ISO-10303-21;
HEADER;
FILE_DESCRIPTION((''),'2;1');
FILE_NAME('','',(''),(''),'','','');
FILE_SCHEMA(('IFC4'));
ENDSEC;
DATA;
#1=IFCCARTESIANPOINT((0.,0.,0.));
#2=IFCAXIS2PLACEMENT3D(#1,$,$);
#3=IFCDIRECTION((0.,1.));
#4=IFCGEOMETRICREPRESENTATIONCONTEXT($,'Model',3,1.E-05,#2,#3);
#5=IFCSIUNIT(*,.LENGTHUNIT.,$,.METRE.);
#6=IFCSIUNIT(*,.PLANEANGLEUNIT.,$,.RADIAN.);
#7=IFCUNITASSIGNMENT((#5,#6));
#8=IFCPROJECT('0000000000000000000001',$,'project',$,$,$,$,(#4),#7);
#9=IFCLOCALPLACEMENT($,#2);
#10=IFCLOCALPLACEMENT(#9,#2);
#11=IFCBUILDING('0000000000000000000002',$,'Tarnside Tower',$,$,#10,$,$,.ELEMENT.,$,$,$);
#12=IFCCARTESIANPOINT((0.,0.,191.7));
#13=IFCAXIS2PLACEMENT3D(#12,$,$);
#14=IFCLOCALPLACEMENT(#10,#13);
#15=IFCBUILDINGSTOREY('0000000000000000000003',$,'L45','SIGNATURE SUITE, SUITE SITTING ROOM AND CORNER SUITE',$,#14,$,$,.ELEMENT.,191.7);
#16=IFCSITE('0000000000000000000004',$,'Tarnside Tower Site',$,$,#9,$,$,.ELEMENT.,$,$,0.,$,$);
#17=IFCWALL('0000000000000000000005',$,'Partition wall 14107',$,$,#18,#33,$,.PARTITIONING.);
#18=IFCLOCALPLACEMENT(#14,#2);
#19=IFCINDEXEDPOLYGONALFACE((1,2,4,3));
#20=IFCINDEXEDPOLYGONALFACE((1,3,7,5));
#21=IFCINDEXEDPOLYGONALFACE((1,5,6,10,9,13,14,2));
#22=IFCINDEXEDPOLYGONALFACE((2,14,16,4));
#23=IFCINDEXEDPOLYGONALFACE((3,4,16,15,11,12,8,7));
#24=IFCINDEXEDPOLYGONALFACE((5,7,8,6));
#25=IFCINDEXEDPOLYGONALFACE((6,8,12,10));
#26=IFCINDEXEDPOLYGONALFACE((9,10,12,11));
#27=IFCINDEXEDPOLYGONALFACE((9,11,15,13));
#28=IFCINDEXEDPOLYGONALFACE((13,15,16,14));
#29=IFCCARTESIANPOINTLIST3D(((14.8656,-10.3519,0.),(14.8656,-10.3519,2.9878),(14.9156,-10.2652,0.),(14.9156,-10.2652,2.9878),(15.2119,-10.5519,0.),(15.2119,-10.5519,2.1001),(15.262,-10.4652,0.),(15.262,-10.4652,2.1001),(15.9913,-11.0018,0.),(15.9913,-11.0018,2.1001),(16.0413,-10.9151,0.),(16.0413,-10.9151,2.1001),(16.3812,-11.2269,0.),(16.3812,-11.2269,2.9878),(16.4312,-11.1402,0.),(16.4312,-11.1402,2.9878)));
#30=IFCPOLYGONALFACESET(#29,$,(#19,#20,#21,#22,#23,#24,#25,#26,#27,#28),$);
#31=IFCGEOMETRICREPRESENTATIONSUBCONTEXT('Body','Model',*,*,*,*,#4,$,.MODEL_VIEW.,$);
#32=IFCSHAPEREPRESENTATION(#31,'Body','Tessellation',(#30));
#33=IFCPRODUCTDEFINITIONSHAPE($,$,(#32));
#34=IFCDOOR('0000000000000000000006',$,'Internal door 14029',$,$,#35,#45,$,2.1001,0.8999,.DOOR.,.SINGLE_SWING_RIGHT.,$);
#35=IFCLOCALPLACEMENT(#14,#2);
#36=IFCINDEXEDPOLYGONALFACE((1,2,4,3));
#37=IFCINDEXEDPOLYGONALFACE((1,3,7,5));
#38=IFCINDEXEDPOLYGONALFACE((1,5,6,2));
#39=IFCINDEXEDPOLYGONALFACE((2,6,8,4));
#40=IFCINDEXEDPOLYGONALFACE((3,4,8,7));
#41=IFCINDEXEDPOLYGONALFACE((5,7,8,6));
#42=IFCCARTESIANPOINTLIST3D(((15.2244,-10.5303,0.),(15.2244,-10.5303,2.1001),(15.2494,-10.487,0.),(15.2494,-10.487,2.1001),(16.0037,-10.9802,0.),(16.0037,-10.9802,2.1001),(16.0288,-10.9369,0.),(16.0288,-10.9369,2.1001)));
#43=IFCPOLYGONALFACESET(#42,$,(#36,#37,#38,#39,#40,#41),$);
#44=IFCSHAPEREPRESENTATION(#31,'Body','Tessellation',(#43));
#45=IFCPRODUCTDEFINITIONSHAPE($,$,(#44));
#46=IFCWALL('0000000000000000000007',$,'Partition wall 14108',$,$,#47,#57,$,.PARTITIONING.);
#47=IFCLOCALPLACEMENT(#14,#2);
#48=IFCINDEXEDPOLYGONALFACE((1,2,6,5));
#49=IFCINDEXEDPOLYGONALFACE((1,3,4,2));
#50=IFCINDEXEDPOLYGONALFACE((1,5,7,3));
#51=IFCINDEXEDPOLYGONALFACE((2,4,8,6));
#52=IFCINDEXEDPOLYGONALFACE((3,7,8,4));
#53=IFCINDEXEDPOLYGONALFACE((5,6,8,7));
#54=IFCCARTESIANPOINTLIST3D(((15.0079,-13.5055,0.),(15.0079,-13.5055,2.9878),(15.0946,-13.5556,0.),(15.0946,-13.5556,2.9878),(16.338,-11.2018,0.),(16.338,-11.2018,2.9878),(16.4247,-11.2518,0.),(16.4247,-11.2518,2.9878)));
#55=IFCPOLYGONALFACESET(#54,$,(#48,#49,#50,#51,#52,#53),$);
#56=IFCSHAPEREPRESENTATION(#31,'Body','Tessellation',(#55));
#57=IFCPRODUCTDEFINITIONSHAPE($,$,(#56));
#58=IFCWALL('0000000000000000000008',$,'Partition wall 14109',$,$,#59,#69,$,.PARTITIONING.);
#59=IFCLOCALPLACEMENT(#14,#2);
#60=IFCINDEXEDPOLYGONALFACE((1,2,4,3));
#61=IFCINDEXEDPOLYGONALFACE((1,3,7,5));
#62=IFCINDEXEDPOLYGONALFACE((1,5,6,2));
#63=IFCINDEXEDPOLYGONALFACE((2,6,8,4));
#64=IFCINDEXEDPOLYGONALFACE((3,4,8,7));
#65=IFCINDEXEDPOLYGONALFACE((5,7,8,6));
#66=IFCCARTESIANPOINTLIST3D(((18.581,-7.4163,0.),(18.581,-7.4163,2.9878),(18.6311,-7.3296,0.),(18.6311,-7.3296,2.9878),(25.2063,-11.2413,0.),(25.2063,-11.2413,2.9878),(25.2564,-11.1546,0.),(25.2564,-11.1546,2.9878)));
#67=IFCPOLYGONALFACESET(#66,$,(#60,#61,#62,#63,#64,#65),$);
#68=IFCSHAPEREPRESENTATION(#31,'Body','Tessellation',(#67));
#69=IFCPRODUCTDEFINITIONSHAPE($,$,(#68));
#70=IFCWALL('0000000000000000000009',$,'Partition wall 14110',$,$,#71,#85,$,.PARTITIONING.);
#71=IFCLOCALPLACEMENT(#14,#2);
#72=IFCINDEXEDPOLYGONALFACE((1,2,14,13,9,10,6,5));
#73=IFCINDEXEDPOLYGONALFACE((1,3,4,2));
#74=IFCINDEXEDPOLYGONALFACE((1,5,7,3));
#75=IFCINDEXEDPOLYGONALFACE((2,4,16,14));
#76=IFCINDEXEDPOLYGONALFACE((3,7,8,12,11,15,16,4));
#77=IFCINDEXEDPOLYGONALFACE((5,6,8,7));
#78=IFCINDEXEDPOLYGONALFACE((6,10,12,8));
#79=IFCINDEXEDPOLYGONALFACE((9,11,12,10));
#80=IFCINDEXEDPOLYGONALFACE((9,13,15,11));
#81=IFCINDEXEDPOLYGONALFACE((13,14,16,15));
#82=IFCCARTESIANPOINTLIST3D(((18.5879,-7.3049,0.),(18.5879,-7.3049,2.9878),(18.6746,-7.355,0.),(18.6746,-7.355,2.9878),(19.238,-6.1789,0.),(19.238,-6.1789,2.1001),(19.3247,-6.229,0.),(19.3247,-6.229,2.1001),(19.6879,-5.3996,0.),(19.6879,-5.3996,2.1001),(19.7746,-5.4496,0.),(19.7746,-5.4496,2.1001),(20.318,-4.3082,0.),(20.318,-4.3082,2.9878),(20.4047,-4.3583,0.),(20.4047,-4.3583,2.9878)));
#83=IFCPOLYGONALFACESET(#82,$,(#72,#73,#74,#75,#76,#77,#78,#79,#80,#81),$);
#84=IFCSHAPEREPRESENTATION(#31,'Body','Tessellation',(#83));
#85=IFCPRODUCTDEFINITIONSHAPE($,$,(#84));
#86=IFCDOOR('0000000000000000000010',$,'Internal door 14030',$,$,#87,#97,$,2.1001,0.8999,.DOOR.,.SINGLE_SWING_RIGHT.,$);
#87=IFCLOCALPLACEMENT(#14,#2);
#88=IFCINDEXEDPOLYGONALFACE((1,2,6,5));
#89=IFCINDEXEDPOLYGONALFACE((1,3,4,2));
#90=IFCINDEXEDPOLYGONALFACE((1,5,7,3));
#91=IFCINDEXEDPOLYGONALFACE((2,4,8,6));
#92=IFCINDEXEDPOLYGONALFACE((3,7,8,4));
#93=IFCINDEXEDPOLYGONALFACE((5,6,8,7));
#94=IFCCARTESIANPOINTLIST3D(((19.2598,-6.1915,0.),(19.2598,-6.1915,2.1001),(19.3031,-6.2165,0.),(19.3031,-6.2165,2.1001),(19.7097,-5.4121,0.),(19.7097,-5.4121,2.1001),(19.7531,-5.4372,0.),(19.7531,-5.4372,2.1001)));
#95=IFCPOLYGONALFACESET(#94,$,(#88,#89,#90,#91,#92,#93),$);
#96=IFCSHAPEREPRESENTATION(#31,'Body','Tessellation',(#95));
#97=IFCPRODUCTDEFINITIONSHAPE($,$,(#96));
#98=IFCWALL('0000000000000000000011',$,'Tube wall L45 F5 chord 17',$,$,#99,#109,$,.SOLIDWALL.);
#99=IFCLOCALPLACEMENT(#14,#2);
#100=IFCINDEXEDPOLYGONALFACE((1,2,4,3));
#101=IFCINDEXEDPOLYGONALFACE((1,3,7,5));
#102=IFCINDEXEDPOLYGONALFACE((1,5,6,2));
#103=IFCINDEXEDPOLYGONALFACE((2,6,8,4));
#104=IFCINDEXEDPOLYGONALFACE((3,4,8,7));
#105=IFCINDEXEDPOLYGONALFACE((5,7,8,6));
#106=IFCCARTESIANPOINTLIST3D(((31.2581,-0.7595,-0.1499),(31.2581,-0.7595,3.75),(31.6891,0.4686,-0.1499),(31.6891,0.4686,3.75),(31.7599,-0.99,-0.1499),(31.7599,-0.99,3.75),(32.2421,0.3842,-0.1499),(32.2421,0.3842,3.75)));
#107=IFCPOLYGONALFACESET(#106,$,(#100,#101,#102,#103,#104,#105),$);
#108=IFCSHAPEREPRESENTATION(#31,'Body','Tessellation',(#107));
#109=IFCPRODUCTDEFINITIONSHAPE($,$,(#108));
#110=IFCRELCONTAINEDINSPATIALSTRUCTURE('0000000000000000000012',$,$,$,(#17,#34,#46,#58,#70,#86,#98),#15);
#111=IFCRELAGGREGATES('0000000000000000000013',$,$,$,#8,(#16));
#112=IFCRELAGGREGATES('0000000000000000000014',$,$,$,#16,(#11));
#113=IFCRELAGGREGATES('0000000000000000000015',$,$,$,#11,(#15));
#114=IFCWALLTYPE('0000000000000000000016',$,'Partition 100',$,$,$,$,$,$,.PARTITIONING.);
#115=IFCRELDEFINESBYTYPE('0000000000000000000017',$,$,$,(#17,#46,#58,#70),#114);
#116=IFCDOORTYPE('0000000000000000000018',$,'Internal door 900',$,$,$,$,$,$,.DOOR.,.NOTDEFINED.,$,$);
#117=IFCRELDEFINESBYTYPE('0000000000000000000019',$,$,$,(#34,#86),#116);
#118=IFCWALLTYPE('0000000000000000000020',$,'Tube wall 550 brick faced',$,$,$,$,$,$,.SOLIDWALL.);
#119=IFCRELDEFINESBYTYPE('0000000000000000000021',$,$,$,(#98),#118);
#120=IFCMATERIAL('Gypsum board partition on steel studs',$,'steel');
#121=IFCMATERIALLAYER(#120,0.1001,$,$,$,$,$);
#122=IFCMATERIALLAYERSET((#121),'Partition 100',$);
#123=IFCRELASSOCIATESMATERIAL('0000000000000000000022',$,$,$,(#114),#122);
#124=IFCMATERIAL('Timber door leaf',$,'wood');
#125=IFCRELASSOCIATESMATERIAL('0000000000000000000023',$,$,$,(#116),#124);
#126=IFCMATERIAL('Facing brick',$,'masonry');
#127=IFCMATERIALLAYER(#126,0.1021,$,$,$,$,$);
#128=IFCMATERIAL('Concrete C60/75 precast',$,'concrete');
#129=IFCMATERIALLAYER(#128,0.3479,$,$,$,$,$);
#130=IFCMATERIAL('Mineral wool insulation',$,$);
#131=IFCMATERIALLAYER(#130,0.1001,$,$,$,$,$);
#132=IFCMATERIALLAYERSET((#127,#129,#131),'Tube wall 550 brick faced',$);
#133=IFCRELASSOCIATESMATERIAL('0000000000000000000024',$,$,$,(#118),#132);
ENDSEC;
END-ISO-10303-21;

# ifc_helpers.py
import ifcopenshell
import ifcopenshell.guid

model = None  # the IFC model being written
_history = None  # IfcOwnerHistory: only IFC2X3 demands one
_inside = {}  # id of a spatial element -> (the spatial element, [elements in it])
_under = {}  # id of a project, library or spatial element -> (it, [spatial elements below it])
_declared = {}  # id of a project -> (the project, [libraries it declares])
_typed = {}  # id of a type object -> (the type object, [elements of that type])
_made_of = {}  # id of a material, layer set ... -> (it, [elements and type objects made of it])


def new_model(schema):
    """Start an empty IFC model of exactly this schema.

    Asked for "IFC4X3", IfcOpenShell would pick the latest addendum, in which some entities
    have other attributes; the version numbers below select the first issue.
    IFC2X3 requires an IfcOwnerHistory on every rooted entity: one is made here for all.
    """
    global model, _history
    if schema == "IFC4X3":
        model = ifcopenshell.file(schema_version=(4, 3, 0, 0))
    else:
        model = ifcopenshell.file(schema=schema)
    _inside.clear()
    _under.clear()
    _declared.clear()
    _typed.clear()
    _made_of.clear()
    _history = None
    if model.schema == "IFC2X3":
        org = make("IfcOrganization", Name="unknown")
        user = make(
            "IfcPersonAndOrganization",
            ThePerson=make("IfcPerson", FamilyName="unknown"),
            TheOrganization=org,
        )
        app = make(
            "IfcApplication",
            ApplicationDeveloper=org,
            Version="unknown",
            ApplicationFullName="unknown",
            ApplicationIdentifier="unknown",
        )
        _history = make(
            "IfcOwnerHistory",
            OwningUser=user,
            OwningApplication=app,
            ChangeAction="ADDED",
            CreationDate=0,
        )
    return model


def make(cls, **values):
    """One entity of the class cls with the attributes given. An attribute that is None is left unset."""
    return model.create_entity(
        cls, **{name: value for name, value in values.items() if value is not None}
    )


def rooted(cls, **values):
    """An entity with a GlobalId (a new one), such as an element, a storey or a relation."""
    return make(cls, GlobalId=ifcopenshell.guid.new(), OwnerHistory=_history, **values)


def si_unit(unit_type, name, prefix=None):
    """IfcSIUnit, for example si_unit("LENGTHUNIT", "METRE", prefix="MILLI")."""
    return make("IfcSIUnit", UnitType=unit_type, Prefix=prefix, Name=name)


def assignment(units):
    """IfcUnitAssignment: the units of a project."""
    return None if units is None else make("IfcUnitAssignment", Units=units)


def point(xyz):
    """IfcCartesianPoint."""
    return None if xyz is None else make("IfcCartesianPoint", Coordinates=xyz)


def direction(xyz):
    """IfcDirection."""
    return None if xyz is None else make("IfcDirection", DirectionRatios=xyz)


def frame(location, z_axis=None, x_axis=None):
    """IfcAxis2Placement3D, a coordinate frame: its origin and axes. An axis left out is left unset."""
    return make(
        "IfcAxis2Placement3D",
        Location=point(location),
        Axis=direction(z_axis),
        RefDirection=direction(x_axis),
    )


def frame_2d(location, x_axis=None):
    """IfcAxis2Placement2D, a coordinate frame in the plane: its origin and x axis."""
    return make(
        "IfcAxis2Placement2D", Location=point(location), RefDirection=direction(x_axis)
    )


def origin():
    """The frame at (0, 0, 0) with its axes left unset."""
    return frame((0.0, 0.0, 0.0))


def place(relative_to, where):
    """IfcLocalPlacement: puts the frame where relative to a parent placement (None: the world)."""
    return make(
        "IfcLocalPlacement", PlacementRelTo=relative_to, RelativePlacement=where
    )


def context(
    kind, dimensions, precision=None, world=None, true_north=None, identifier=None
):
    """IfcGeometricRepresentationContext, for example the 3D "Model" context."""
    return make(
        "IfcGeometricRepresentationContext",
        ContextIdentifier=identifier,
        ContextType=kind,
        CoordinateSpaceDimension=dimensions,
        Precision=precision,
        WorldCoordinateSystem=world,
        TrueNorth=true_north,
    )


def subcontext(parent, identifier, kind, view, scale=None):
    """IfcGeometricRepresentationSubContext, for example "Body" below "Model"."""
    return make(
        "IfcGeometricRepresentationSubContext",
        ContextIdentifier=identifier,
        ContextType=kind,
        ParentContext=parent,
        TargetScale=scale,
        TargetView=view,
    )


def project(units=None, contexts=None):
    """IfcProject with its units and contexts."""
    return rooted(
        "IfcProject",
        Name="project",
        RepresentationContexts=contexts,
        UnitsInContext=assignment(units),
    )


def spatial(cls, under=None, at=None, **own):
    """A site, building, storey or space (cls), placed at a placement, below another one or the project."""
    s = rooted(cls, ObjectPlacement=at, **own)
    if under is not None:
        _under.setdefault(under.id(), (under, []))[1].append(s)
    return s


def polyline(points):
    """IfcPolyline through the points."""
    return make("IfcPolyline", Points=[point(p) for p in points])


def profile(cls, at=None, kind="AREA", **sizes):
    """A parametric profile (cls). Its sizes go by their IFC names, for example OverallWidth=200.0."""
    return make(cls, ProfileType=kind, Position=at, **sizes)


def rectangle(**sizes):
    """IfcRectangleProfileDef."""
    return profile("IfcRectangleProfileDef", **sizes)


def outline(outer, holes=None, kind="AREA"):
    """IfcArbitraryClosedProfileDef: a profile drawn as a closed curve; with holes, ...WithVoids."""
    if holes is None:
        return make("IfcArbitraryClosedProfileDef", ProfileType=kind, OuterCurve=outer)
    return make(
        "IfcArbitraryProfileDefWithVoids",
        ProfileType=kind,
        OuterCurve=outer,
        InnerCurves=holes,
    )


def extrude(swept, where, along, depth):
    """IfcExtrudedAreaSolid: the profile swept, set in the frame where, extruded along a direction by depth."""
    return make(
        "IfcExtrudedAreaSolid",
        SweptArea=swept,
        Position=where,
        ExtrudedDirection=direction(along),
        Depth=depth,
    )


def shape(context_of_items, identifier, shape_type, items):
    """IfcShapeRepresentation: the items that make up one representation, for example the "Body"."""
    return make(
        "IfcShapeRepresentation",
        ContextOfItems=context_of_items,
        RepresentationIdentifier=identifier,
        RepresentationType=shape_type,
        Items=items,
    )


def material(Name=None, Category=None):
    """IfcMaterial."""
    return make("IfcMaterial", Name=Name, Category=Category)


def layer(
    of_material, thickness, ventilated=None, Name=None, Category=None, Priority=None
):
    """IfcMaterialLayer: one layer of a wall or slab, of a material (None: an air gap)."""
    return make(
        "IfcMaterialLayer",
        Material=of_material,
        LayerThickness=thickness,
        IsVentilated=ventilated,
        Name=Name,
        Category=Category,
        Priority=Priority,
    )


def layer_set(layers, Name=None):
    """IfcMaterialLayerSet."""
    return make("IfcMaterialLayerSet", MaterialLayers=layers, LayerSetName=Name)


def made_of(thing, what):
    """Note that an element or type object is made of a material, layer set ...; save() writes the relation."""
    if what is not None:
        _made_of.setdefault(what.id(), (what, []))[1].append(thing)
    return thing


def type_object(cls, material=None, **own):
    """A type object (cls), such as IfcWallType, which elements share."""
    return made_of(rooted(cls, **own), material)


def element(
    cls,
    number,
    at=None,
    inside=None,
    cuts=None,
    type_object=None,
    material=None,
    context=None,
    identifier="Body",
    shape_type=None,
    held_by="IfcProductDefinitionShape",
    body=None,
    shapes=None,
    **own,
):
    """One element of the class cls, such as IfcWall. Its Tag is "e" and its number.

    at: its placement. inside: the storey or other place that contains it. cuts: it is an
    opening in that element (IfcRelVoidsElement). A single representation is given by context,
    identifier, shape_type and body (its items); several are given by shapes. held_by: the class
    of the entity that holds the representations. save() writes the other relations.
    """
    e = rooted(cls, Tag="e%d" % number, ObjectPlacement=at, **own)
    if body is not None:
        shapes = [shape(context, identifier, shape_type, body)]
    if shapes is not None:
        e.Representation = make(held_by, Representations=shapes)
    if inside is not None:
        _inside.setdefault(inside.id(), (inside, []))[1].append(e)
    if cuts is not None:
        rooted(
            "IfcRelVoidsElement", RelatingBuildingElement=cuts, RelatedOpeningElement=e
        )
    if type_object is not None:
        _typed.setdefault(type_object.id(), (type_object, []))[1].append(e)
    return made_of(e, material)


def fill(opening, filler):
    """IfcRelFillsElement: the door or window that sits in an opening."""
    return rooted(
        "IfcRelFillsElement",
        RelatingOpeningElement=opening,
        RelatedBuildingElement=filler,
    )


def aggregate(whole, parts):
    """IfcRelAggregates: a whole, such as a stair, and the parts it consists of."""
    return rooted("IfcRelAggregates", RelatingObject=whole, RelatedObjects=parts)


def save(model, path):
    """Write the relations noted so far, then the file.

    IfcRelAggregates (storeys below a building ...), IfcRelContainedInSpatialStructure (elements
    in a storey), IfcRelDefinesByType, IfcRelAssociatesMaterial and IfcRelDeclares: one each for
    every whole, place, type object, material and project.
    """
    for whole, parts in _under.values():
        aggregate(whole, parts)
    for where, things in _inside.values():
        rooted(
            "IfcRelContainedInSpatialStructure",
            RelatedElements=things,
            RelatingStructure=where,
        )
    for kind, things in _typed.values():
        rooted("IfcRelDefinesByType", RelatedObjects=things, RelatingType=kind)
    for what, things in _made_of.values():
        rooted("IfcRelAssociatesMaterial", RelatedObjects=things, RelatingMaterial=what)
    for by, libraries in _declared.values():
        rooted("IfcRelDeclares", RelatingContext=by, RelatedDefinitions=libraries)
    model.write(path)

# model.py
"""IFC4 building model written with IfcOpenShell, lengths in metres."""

from ifc_helpers import new_model, si_unit, direction, frame, frame_2d, origin, place, context, subcontext, project, spatial, polyline, rectangle, outline, extrude, material, layer, layer_set, type_object, element, fill, save


model = new_model("IFC4")

# Units and contexts
model_context = context("Model", 3, precision=1e-05, world=origin(), true_north=direction((0.0, 1.0)))
body_context = subcontext(model_context, "Body", "Model", "MODEL_VIEW")
ifc_project = project(units=[si_unit("LENGTHUNIT", "METRE"), si_unit("PLANEANGLEUNIT", "RADIAN")], contexts=[model_context])

# Site, building, storey
site_placement = place(None, origin())
site = spatial("IfcSite", under=ifc_project, at=site_placement, Name="Tarnside Tower Site", CompositionType="ELEMENT", RefElevation=0.0)
building_placement = place(site_placement, origin())
building = spatial("IfcBuilding", under=site, at=building_placement, Name="Tarnside Tower", CompositionType="ELEMENT")
storey_placement = place(building_placement, frame((0.0, 0.0, 191.7)))
storey = spatial("IfcBuildingStorey", under=building, at=storey_placement, Name="L45", Description="SIGNATURE SUITE, SUITE SITTING ROOM AND CORNER SUITE", CompositionType="ELEMENT", Elevation=191.7)

# Shared definitions
ifc_material_1 = material(Name="Gypsum board partition on steel studs", Category="steel")
ifc_material_2 = material(Name="Timber door leaf", Category="wood")

# Wall, opening, door
ifc_layer_1 = layer(ifc_material_1, 0.1001)
ifc_layer_set_1 = layer_set([ifc_layer_1], Name="Partition 100")
wall_type_1 = type_object("IfcWallType", Name="Partition 100", PredefinedType="PARTITIONING", material=ifc_layer_set_1)
wall_1_placement = place(storey_placement, frame((14.8906, -10.3086, 0.0), z_axis=(0.0, 0.0, 1.0), x_axis=(0.866037, -0.49998, 0.0)))
wall_1 = element("IfcWall", 1, at=wall_1_placement, inside=storey, type_object=wall_type_1, Name="Partition wall 14107", PredefinedType="PARTITIONING", context=body_context, shape_type="SweptSolid", body=[
    extrude(rectangle(XDim=1.75, YDim=0.1001, at=frame_2d((0.875, 0.0))), origin(), (0.0, 0.0, 1.0), 2.9878),
])
opening_1_placement = place(wall_1_placement, frame((0.3999, 0.0, 0.0)))
opening_1 = element("IfcOpeningElement", 2, at=opening_1_placement, cuts=wall_1, PredefinedType="OPENING", context=body_context, shape_type="SweptSolid", body=[
    extrude(rectangle(XDim=0.8999, YDim=2.1001, at=frame_2d((0.45, 1.05))), frame((0.0, 0.0601, 0.0), z_axis=(0.0, -1.0, 0.0), x_axis=(1.0, 0.0, 0.0)), (0.0, 0.0, 1.0), 0.1201),
])
door_type_1 = type_object("IfcDoorType", Name="Internal door 900", OperationType="NOTDEFINED", PredefinedType="DOOR", material=ifc_material_2)
door_1_placement = place(opening_1_placement, origin())
door_1 = element("IfcDoor", 3, at=door_1_placement, inside=storey, type_object=door_type_1, Name="Internal door 14029", OperationType="SINGLE_SWING_RIGHT", OverallHeight=2.1001, OverallWidth=0.8999, PredefinedType="DOOR", context=body_context, shape_type="SweptSolid", body=[
    extrude(rectangle(XDim=0.8999, YDim=2.1001, at=frame_2d((0.45, 1.05))), frame((0.0, 0.0249, 0.0), z_axis=(0.0, -1.0, 0.0), x_axis=(1.0, 0.0, 0.0)), (0.0, 0.0, 1.0), 0.05),
])
fill(opening_1, door_1)

# Walls
wall_2_placement = place(storey_placement, frame((16.3813, -11.2268, 0.0), z_axis=(0.0, 0.0, 1.0), x_axis=(-0.500008, -0.866021, 0.0)))
element("IfcWall", 4, at=wall_2_placement, inside=storey, type_object=wall_type_1, Name="Partition wall 14108", PredefinedType="PARTITIONING", context=body_context, shape_type="SweptSolid", body=[
    extrude(rectangle(XDim=2.6602, YDim=0.1001, at=frame_2d((1.3301, 0.0))), origin(), (0.0, 0.0, 1.0), 2.9878),
])
wall_3_placement = place(storey_placement, frame((25.2314, -11.198, 0.0), z_axis=(0.0, 0.0, 1.0), x_axis=(-0.866033, 0.499987, 0.0)))
element("IfcWall", 5, at=wall_3_placement, inside=storey, type_object=wall_type_1, Name="Partition wall 14109", PredefinedType="PARTITIONING", context=body_context, shape_type="SweptSolid", body=[
    extrude(rectangle(XDim=7.6501, YDim=0.1001, at=frame_2d((3.8252, 0.0))), origin(), (0.0, 0.0, 1.0), 2.9878),
])

# Wall, opening, door
wall_4_placement = place(storey_placement, frame((18.6313, -7.3298, 0.0), z_axis=(0.0, 0.0, 1.0), x_axis=(0.499979, 0.866038, 0.0)))
wall_4 = element("IfcWall", 6, at=wall_4_placement, inside=storey, type_object=wall_type_1, Name="Partition wall 14110", PredefinedType="PARTITIONING", context=body_context, shape_type="SweptSolid", body=[
    extrude(rectangle(XDim=3.4602, YDim=0.1001, at=frame_2d((1.73, 0.0))), origin(), (0.0, 0.0, 1.0), 2.9878),
])
opening_2_placement = place(wall_4_placement, frame((1.3, 0.0, 0.0)))
opening_2 = element("IfcOpeningElement", 7, at=opening_2_placement, cuts=wall_4, PredefinedType="OPENING", context=body_context, shape_type="SweptSolid", body=[
    extrude(rectangle(XDim=0.8999, YDim=2.1001, at=frame_2d((0.45, 1.05))), frame((0.0, 0.0601, 0.0), z_axis=(0.0, -1.0, 0.0), x_axis=(1.0, 0.0, 0.0)), (0.0, 0.0, 1.0), 0.1201),
])
door_2_placement = place(opening_2_placement, origin())
door_2 = element("IfcDoor", 8, at=door_2_placement, inside=storey, type_object=door_type_1, Name="Internal door 14030", OperationType="SINGLE_SWING_RIGHT", OverallHeight=2.1001, OverallWidth=0.8999, PredefinedType="DOOR", context=body_context, shape_type="SweptSolid", body=[
    extrude(rectangle(XDim=0.8999, YDim=2.1001, at=frame_2d((0.45, 1.05))), frame((0.0, 0.0249, 0.0), z_axis=(0.0, -1.0, 0.0), x_axis=(1.0, 0.0, 0.0)), (0.0, 0.0, 1.0), 0.05),
])
fill(opening_2, door_2)

# Wall
ifc_material_3 = material(Name="Facing brick", Category="masonry")
ifc_layer_2 = layer(ifc_material_3, 0.1021)
ifc_material_4 = material(Name="Concrete C60/75 precast", Category="concrete")
ifc_layer_3 = layer(ifc_material_4, 0.3479)
ifc_material_5 = material(Name="Mineral wool insulation")
ifc_layer_4 = layer(ifc_material_5, 0.1001)
ifc_layer_set_2 = layer_set([ifc_layer_2, ifc_layer_3, ifc_layer_4], Name="Tube wall 550 brick faced")
wall_type_2 = type_object("IfcWallType", Name="Tube wall 550 brick faced", PredefinedType="SOLIDWALL", material=ifc_layer_set_2)
wall_5_placement = place(storey_placement, frame((31.509, -0.8748, -0.1499), z_axis=(0.0, 0.0, 1.0), x_axis=(0.331115, 0.94359, 0.0)))
element("IfcWall", 9, at=wall_5_placement, inside=storey, type_object=wall_type_2, Name="Tube wall L45 F5 chord 17", PredefinedType="SOLIDWALL", context=body_context, shape_type="SweptSolid", body=[
    extrude(outline(polyline([(-0.0256, -0.2749), (1.4307, -0.2749), (1.3271, 0.2749), (0.0256, 0.2749), (-0.0256, -0.2749)])), origin(), (0.0, 0.0, 1.0), 3.8999),
])

save(model, "model.ifc")
